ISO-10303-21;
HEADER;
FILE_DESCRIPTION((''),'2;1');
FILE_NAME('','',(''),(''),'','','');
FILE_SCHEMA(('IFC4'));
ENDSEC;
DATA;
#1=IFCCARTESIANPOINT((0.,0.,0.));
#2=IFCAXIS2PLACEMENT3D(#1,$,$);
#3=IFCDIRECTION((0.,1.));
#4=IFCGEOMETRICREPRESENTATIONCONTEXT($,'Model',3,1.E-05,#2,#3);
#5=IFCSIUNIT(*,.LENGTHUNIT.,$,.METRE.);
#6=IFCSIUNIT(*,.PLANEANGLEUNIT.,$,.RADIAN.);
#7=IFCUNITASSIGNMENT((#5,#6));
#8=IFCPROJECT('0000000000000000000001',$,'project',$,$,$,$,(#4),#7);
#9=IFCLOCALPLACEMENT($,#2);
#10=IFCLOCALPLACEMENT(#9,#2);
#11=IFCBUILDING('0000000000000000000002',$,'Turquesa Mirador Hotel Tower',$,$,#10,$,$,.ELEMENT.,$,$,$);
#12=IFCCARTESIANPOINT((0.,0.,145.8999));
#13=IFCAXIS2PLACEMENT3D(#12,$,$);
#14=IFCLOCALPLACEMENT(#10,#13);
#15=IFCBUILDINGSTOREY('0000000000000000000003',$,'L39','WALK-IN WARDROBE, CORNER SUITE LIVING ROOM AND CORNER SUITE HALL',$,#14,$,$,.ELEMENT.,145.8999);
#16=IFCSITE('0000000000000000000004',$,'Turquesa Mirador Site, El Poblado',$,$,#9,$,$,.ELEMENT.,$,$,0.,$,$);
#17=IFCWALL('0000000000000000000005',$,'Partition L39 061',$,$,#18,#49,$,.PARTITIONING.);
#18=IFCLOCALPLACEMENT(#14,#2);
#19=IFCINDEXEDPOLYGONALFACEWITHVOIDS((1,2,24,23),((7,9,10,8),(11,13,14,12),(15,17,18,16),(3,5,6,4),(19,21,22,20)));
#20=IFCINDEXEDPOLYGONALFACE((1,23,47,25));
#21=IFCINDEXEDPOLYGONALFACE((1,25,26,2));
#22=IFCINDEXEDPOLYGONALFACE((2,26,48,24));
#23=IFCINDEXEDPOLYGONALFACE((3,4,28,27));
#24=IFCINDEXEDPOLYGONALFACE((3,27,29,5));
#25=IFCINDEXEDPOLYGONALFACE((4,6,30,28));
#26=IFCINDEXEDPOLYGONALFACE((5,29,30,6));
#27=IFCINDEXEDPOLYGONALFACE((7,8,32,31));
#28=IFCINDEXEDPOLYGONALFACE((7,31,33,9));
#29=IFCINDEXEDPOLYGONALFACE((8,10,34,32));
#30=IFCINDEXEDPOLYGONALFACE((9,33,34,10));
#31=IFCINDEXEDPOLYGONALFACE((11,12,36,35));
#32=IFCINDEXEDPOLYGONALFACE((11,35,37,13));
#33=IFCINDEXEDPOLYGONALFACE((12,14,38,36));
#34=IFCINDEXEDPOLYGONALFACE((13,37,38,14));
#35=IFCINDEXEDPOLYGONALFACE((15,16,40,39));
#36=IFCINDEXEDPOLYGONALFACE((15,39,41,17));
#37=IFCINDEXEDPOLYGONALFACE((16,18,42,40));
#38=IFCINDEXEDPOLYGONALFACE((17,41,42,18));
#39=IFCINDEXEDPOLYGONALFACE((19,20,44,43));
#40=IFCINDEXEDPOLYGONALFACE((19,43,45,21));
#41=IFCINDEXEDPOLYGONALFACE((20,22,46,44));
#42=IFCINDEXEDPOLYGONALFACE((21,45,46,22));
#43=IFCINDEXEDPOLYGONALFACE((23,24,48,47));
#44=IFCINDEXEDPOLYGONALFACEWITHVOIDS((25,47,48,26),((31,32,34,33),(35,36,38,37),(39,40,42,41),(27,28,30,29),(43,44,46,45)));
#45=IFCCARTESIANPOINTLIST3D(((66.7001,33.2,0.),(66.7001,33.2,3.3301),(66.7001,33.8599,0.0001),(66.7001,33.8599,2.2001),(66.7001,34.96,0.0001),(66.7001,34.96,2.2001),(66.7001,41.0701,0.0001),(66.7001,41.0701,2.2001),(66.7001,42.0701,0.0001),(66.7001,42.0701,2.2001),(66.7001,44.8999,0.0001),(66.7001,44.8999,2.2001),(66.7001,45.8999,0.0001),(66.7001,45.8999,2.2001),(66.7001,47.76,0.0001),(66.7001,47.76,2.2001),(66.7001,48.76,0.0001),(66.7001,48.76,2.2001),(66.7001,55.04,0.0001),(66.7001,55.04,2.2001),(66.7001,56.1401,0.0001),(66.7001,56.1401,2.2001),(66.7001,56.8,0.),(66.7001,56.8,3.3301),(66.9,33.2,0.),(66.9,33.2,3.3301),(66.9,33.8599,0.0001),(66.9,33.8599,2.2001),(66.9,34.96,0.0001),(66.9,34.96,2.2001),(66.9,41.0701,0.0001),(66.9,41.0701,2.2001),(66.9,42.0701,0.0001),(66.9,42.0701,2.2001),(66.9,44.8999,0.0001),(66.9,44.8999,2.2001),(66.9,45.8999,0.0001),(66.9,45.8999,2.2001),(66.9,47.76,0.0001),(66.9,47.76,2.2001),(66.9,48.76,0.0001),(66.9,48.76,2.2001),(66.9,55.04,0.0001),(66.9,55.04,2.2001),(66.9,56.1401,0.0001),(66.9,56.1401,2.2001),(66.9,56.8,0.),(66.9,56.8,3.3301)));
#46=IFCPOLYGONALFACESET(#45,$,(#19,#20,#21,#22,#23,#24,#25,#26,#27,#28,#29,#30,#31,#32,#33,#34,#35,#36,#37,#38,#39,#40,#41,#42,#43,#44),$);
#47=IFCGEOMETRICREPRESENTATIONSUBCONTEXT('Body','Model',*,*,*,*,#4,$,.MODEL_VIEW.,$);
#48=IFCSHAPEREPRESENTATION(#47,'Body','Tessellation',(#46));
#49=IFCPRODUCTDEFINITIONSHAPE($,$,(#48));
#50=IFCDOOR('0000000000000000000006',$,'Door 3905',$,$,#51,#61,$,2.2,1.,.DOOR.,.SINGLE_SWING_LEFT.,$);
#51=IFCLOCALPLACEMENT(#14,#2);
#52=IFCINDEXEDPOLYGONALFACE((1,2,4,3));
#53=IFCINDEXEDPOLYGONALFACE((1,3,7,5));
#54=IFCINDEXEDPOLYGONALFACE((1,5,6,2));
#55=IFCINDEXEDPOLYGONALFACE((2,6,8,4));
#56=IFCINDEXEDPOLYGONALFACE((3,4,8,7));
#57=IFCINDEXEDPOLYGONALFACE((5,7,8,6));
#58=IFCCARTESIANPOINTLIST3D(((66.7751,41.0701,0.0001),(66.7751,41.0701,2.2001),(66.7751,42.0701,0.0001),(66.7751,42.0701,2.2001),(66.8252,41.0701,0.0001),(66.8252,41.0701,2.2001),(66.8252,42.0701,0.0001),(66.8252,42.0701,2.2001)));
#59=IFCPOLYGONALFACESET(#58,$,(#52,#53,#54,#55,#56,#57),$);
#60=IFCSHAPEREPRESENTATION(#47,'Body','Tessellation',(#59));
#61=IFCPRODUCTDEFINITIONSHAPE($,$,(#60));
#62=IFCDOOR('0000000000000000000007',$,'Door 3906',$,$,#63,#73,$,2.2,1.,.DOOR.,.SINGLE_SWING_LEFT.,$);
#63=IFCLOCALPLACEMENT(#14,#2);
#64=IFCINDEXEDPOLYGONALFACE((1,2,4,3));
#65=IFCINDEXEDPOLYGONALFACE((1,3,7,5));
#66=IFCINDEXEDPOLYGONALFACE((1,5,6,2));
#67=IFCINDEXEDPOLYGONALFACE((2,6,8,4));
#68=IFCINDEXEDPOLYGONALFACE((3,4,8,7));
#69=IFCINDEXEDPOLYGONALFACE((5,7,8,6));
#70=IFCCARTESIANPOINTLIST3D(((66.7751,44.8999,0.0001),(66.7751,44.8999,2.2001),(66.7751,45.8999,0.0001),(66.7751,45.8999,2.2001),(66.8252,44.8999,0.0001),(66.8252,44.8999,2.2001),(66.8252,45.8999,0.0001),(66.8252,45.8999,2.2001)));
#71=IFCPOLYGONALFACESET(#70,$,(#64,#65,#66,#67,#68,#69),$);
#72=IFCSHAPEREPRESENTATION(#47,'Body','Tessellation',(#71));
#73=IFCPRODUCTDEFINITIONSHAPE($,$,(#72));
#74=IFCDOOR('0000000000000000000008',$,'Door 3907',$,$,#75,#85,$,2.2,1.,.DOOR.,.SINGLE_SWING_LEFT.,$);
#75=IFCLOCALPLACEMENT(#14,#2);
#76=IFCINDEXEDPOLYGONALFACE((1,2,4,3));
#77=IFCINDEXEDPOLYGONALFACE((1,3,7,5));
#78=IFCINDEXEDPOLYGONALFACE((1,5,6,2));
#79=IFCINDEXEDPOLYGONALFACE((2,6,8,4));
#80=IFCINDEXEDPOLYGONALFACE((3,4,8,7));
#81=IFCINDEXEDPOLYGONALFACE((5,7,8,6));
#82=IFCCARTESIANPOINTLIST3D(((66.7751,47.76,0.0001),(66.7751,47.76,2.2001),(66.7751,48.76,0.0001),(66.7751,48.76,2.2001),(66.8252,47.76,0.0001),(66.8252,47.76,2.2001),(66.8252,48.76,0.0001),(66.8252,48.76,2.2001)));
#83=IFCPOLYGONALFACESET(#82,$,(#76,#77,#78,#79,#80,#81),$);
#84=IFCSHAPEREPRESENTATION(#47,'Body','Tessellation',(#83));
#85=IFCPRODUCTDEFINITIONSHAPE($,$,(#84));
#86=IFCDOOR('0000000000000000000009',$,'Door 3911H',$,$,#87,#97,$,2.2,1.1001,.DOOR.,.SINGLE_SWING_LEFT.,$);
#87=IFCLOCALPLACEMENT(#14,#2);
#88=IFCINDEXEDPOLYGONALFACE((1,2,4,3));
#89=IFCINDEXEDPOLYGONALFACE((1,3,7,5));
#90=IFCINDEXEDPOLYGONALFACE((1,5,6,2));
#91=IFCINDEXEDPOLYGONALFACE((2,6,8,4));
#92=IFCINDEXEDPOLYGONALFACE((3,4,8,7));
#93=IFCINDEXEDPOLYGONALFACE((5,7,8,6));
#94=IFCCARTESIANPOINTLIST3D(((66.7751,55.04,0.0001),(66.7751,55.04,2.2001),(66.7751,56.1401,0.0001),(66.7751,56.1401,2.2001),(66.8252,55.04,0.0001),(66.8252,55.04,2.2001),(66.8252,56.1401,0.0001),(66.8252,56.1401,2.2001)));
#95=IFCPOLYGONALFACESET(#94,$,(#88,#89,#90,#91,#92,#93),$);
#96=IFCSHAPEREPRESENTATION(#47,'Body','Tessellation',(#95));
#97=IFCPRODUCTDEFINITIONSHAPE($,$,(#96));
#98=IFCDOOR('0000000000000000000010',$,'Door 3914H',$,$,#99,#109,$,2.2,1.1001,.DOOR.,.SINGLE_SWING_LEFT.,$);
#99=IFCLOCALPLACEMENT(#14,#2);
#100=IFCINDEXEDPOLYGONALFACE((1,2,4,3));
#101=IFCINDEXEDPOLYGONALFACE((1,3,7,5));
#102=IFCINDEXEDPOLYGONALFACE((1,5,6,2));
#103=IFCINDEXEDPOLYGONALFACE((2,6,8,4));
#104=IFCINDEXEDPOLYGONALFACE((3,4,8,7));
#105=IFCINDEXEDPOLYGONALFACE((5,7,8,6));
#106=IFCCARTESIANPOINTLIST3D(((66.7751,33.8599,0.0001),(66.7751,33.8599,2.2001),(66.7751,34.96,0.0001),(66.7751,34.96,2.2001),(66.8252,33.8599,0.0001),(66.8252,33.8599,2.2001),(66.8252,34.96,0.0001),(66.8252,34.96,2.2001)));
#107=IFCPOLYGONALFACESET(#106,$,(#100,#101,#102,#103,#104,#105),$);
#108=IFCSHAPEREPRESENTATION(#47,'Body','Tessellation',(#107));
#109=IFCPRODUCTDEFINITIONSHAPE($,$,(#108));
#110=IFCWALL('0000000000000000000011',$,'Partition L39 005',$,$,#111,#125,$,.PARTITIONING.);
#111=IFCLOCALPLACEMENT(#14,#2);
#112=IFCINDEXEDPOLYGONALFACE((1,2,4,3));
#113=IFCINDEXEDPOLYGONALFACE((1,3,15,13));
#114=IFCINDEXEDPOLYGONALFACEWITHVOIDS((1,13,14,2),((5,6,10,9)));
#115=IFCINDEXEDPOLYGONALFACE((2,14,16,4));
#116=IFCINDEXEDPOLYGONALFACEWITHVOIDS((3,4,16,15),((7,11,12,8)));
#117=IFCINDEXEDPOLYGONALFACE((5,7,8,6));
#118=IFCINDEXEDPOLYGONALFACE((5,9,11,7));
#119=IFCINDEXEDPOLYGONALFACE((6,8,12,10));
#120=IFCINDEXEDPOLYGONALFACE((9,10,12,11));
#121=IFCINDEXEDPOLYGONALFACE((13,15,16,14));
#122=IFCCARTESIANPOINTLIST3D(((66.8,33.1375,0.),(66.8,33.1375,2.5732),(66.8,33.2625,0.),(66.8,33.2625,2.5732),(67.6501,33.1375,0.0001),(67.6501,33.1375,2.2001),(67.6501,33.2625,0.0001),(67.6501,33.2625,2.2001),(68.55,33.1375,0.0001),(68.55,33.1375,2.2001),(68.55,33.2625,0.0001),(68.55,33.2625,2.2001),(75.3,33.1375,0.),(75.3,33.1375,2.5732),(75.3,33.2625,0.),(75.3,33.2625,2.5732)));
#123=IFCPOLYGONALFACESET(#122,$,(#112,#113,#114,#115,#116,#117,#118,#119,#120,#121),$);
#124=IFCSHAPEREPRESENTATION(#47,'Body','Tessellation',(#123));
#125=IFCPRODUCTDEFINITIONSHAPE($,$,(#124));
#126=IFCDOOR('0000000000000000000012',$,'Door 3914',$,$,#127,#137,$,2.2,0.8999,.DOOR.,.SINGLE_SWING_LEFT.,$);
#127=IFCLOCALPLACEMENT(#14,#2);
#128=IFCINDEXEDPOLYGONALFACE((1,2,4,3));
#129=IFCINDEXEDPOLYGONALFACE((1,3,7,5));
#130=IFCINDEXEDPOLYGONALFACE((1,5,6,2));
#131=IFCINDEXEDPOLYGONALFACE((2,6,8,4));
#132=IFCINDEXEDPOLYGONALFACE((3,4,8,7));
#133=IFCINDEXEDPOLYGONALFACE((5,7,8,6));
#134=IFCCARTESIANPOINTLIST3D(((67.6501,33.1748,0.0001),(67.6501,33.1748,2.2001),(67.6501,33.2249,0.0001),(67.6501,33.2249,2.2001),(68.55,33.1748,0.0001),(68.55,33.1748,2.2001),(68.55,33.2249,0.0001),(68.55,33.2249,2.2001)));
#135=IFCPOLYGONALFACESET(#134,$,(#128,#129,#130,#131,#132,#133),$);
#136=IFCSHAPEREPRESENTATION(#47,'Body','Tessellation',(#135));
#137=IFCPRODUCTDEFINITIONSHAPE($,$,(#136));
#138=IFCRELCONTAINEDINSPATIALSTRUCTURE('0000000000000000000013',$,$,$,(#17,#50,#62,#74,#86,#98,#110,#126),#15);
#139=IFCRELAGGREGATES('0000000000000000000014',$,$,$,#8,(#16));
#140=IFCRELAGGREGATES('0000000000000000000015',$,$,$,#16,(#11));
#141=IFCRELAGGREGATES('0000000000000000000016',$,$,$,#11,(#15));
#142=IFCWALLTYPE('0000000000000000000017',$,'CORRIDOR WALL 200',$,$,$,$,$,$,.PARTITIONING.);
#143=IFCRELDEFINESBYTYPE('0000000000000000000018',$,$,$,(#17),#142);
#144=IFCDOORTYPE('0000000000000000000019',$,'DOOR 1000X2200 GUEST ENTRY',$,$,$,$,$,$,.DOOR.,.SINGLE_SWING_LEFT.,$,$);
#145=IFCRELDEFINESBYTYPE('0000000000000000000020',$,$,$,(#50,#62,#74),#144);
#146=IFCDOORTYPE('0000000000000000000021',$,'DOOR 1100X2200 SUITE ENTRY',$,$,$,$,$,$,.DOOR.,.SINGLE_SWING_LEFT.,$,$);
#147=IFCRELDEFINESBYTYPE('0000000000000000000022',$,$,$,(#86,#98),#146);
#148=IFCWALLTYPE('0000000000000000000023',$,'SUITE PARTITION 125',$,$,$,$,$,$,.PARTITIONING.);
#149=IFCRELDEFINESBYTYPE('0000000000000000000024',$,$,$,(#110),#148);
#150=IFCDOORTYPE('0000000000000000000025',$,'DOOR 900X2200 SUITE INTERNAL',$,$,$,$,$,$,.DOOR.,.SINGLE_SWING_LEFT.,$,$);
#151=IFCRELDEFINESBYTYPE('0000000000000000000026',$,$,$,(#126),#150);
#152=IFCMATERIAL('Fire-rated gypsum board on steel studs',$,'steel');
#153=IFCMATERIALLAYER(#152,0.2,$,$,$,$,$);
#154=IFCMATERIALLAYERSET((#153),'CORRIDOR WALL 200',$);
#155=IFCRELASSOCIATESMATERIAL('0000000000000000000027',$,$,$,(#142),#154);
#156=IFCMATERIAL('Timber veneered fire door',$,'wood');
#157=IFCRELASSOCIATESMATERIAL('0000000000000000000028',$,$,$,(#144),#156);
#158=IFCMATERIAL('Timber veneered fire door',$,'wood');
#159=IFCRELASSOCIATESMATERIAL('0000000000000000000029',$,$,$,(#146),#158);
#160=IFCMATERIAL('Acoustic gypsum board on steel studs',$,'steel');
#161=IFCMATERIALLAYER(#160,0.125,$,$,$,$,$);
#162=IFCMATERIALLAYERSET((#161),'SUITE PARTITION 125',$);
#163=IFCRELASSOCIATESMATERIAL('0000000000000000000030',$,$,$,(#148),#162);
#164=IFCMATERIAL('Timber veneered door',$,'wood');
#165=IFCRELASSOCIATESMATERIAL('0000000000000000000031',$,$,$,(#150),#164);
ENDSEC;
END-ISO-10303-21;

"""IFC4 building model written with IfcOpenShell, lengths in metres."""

from ifc_helpers import new_model, si_unit, direction, frame, frame_2d, origin, place, context, subcontext, project, spatial, rectangle, extrude, material, layer, layer_set, type_object, element, fill, save


model = new_model("IFC4")

# Units and contexts
model_context = context("Model", 3, precision=1e-05, world=origin(), true_north=direction((0.0, 1.0)))
body_context = subcontext(model_context, "Body", "Model", "MODEL_VIEW")
ifc_project = project(units=[si_unit("LENGTHUNIT", "METRE"), si_unit("PLANEANGLEUNIT", "RADIAN")], contexts=[model_context])

# Site, building, storey
site_placement = place(None, origin())
site = spatial("IfcSite", under=ifc_project, at=site_placement, Name="Turquesa Mirador Site, El Poblado", CompositionType="ELEMENT", RefElevation=0.0)
building_placement = place(site_placement, origin())
building = spatial("IfcBuilding", under=site, at=building_placement, Name="Turquesa Mirador Hotel Tower", CompositionType="ELEMENT")
storey_placement = place(building_placement, frame((0.0, 0.0, 145.8999)))
storey = spatial("IfcBuildingStorey", under=building, at=storey_placement, Name="L39", Description="WALK-IN WARDROBE, CORNER SUITE LIVING ROOM AND CORNER SUITE HALL", CompositionType="ELEMENT", Elevation=145.8999)

# Wall, openings, doors
ifc_material_1 = material(Name="Fire-rated gypsum board on steel studs", Category="steel")
ifc_layer_1 = layer(ifc_material_1, 0.2)
ifc_layer_set_1 = layer_set([ifc_layer_1], Name="CORRIDOR WALL 200")
wall_type_1 = type_object("IfcWallType", Name="CORRIDOR WALL 200", PredefinedType="PARTITIONING", material=ifc_layer_set_1)
wall_1_placement = place(storey_placement, frame((66.8, 33.2, 0.0), z_axis=(0.0, 0.0, 1.0), x_axis=(0.0, 1.0, 0.0)))
wall_1 = element("IfcWall", 1, at=wall_1_placement, inside=storey, type_object=wall_type_1, Name="Partition L39 061", PredefinedType="PARTITIONING", context=body_context, shape_type="SweptSolid", body=[
    extrude(rectangle(XDim=23.6001, YDim=0.2, at=frame_2d((11.8, 0.0))), origin(), (0.0, 0.0, 1.0), 3.3301),
])
opening_1_placement = place(wall_1_placement, frame((7.8701, 0.0, 0.0)))
opening_1 = element("IfcOpeningElement", 2, at=opening_1_placement, cuts=wall_1, PredefinedType="OPENING", context=body_context, shape_type="SweptSolid", body=[
    extrude(rectangle(XDim=1.0, YDim=2.2, at=frame_2d((0.5, 1.1001))), frame((0.0, 0.1099, 0.0), z_axis=(0.0, -1.0, 0.0), x_axis=(1.0, 0.0, 0.0)), (0.0, 0.0, 1.0), 0.22),
])
opening_2_placement = place(wall_1_placement, frame((11.7, 0.0, 0.0)))
opening_2 = element("IfcOpeningElement", 3, at=opening_2_placement, cuts=wall_1, PredefinedType="OPENING", context=body_context, shape_type="SweptSolid", body=[
    extrude(rectangle(XDim=1.0, YDim=2.2, at=frame_2d((0.5, 1.1001))), frame((0.0, 0.1099, 0.0), z_axis=(0.0, -1.0, 0.0), x_axis=(1.0, 0.0, 0.0)), (0.0, 0.0, 1.0), 0.22),
])
opening_3_placement = place(wall_1_placement, frame((14.5601, 0.0, 0.0)))
opening_3 = element("IfcOpeningElement", 4, at=opening_3_placement, cuts=wall_1, PredefinedType="OPENING", context=body_context, shape_type="SweptSolid", body=[
    extrude(rectangle(XDim=1.0, YDim=2.2, at=frame_2d((0.5, 1.1001))), frame((0.0, 0.1099, 0.0), z_axis=(0.0, -1.0, 0.0), x_axis=(1.0, 0.0, 0.0)), (0.0, 0.0, 1.0), 0.22),
])
opening_4_placement = place(wall_1_placement, frame((21.8401, 0.0, 0.0)))
opening_4 = element("IfcOpeningElement", 5, at=opening_4_placement, cuts=wall_1, PredefinedType="OPENING", context=body_context, shape_type="SweptSolid", body=[
    extrude(rectangle(XDim=1.1001, YDim=2.2, at=frame_2d((0.55, 1.1001))), frame((0.0, 0.1099, 0.0), z_axis=(0.0, -1.0, 0.0), x_axis=(1.0, 0.0, 0.0)), (0.0, 0.0, 1.0), 0.22),
])
opening_5_placement = place(wall_1_placement, frame((0.6599, 0.0, 0.0)))
opening_5 = element("IfcOpeningElement", 6, at=opening_5_placement, cuts=wall_1, PredefinedType="OPENING", context=body_context, shape_type="SweptSolid", body=[
    extrude(rectangle(XDim=1.1001, YDim=2.2, at=frame_2d((0.55, 1.1001))), frame((0.0, 0.1099, 0.0), z_axis=(0.0, -1.0, 0.0), x_axis=(1.0, 0.0, 0.0)), (0.0, 0.0, 1.0), 0.22),
])
ifc_material_2 = material(Name="Timber veneered fire door", Category="wood")
door_type_1 = type_object("IfcDoorType", Name="DOOR 1000X2200 GUEST ENTRY", OperationType="SINGLE_SWING_LEFT", PredefinedType="DOOR", material=ifc_material_2)
door_1_placement = place(opening_1_placement, origin())
door_1 = element("IfcDoor", 7, at=door_1_placement, inside=storey, type_object=door_type_1, Name="Door 3905", OperationType="SINGLE_SWING_LEFT", OverallHeight=2.2, OverallWidth=1.0, PredefinedType="DOOR", context=body_context, shape_type="SweptSolid", body=[
    extrude(rectangle(XDim=1.0, YDim=2.2, at=frame_2d((0.5, 1.1001))), frame((0.0, 0.0249, 0.0), z_axis=(0.0, -1.0, 0.0), x_axis=(1.0, 0.0, 0.0)), (0.0, 0.0, 1.0), 0.05),
])
fill(opening_1, door_1)
door_2_placement = place(opening_2_placement, origin())
door_2 = element("IfcDoor", 8, at=door_2_placement, inside=storey, type_object=door_type_1, Name="Door 3906", OperationType="SINGLE_SWING_LEFT", OverallHeight=2.2, OverallWidth=1.0, PredefinedType="DOOR", context=body_context, shape_type="SweptSolid", body=[
    extrude(rectangle(XDim=1.0, YDim=2.2, at=frame_2d((0.5, 1.1001))), frame((0.0, 0.0249, 0.0), z_axis=(0.0, -1.0, 0.0), x_axis=(1.0, 0.0, 0.0)), (0.0, 0.0, 1.0), 0.05),
])
fill(opening_2, door_2)
door_3_placement = place(opening_3_placement, origin())
door_3 = element("IfcDoor", 9, at=door_3_placement, inside=storey, type_object=door_type_1, Name="Door 3907", OperationType="SINGLE_SWING_LEFT", OverallHeight=2.2, OverallWidth=1.0, PredefinedType="DOOR", context=body_context, shape_type="SweptSolid", body=[
    extrude(rectangle(XDim=1.0, YDim=2.2, at=frame_2d((0.5, 1.1001))), frame((0.0, 0.0249, 0.0), z_axis=(0.0, -1.0, 0.0), x_axis=(1.0, 0.0, 0.0)), (0.0, 0.0, 1.0), 0.05),
])
fill(opening_3, door_3)
ifc_material_3 = material(Name="Timber veneered fire door", Category="wood")
door_type_2 = type_object("IfcDoorType", Name="DOOR 1100X2200 SUITE ENTRY", OperationType="SINGLE_SWING_LEFT", PredefinedType="DOOR", material=ifc_material_3)
door_4_placement = place(opening_4_placement, origin())
door_4 = element("IfcDoor", 10, at=door_4_placement, inside=storey, type_object=door_type_2, Name="Door 3911H", OperationType="SINGLE_SWING_LEFT", OverallHeight=2.2, OverallWidth=1.1001, PredefinedType="DOOR", context=body_context, shape_type="SweptSolid", body=[
    extrude(rectangle(XDim=1.1001, YDim=2.2, at=frame_2d((0.55, 1.1001))), frame((0.0, 0.0249, 0.0), z_axis=(0.0, -1.0, 0.0), x_axis=(1.0, 0.0, 0.0)), (0.0, 0.0, 1.0), 0.05),
])
fill(opening_4, door_4)
door_5_placement = place(opening_5_placement, origin())
door_5 = element("IfcDoor", 11, at=door_5_placement, inside=storey, type_object=door_type_2, Name="Door 3914H", OperationType="SINGLE_SWING_LEFT", OverallHeight=2.2, OverallWidth=1.1001, PredefinedType="DOOR", context=body_context, shape_type="SweptSolid", body=[
    extrude(rectangle(XDim=1.1001, YDim=2.2, at=frame_2d((0.55, 1.1001))), frame((0.0, 0.0249, 0.0), z_axis=(0.0, -1.0, 0.0), x_axis=(1.0, 0.0, 0.0)), (0.0, 0.0, 1.0), 0.05),
])
fill(opening_5, door_5)

# Wall, opening, door
ifc_material_4 = material(Name="Acoustic gypsum board on steel studs", Category="steel")
ifc_layer_2 = layer(ifc_material_4, 0.125)
ifc_layer_set_2 = layer_set([ifc_layer_2], Name="SUITE PARTITION 125")
wall_type_2 = type_object("IfcWallType", Name="SUITE PARTITION 125", PredefinedType="PARTITIONING", material=ifc_layer_set_2)
wall_2_placement = place(storey_placement, frame((66.8, 33.2, 0.0), z_axis=(0.0, 0.0, 1.0), x_axis=(1.0, 0.0, 0.0)))
wall_2 = element("IfcWall", 12, at=wall_2_placement, inside=storey, type_object=wall_type_2, Name="Partition L39 005", PredefinedType="PARTITIONING", context=body_context, shape_type="SweptSolid", body=[
    extrude(rectangle(XDim=8.5, YDim=0.125, at=frame_2d((4.25, 0.0))), origin(), (0.0, 0.0, 1.0), 2.5732),
])
opening_6_placement = place(wall_2_placement, frame((0.8501, 0.0, 0.0)))
opening_6 = element("IfcOpeningElement", 13, at=opening_6_placement, cuts=wall_2, PredefinedType="OPENING", context=body_context, shape_type="SweptSolid", body=[
    extrude(rectangle(XDim=0.8999, YDim=2.2, at=frame_2d((0.45, 1.1001))), frame((0.0, 0.0725, 0.0), z_axis=(0.0, -1.0, 0.0), x_axis=(1.0, 0.0, 0.0)), (0.0, 0.0, 1.0), 0.145),
])
ifc_material_5 = material(Name="Timber veneered door", Category="wood")
door_type_3 = type_object("IfcDoorType", Name="DOOR 900X2200 SUITE INTERNAL", OperationType="SINGLE_SWING_LEFT", PredefinedType="DOOR", material=ifc_material_5)
door_6_placement = place(opening_6_placement, origin())
door_6 = element("IfcDoor", 14, at=door_6_placement, inside=storey, type_object=door_type_3, Name="Door 3914", OperationType="SINGLE_SWING_LEFT", OverallHeight=2.2, OverallWidth=0.8999, PredefinedType="DOOR", context=body_context, shape_type="SweptSolid", body=[
    extrude(rectangle(XDim=0.8999, YDim=2.2, at=frame_2d((0.45, 1.1001))), frame((0.0, 0.0249, 0.0), z_axis=(0.0, -1.0, 0.0), x_axis=(1.0, 0.0, 0.0)), (0.0, 0.0, 1.0), 0.05),
])
fill(opening_6, door_6)

save(model, "model.ifc")
